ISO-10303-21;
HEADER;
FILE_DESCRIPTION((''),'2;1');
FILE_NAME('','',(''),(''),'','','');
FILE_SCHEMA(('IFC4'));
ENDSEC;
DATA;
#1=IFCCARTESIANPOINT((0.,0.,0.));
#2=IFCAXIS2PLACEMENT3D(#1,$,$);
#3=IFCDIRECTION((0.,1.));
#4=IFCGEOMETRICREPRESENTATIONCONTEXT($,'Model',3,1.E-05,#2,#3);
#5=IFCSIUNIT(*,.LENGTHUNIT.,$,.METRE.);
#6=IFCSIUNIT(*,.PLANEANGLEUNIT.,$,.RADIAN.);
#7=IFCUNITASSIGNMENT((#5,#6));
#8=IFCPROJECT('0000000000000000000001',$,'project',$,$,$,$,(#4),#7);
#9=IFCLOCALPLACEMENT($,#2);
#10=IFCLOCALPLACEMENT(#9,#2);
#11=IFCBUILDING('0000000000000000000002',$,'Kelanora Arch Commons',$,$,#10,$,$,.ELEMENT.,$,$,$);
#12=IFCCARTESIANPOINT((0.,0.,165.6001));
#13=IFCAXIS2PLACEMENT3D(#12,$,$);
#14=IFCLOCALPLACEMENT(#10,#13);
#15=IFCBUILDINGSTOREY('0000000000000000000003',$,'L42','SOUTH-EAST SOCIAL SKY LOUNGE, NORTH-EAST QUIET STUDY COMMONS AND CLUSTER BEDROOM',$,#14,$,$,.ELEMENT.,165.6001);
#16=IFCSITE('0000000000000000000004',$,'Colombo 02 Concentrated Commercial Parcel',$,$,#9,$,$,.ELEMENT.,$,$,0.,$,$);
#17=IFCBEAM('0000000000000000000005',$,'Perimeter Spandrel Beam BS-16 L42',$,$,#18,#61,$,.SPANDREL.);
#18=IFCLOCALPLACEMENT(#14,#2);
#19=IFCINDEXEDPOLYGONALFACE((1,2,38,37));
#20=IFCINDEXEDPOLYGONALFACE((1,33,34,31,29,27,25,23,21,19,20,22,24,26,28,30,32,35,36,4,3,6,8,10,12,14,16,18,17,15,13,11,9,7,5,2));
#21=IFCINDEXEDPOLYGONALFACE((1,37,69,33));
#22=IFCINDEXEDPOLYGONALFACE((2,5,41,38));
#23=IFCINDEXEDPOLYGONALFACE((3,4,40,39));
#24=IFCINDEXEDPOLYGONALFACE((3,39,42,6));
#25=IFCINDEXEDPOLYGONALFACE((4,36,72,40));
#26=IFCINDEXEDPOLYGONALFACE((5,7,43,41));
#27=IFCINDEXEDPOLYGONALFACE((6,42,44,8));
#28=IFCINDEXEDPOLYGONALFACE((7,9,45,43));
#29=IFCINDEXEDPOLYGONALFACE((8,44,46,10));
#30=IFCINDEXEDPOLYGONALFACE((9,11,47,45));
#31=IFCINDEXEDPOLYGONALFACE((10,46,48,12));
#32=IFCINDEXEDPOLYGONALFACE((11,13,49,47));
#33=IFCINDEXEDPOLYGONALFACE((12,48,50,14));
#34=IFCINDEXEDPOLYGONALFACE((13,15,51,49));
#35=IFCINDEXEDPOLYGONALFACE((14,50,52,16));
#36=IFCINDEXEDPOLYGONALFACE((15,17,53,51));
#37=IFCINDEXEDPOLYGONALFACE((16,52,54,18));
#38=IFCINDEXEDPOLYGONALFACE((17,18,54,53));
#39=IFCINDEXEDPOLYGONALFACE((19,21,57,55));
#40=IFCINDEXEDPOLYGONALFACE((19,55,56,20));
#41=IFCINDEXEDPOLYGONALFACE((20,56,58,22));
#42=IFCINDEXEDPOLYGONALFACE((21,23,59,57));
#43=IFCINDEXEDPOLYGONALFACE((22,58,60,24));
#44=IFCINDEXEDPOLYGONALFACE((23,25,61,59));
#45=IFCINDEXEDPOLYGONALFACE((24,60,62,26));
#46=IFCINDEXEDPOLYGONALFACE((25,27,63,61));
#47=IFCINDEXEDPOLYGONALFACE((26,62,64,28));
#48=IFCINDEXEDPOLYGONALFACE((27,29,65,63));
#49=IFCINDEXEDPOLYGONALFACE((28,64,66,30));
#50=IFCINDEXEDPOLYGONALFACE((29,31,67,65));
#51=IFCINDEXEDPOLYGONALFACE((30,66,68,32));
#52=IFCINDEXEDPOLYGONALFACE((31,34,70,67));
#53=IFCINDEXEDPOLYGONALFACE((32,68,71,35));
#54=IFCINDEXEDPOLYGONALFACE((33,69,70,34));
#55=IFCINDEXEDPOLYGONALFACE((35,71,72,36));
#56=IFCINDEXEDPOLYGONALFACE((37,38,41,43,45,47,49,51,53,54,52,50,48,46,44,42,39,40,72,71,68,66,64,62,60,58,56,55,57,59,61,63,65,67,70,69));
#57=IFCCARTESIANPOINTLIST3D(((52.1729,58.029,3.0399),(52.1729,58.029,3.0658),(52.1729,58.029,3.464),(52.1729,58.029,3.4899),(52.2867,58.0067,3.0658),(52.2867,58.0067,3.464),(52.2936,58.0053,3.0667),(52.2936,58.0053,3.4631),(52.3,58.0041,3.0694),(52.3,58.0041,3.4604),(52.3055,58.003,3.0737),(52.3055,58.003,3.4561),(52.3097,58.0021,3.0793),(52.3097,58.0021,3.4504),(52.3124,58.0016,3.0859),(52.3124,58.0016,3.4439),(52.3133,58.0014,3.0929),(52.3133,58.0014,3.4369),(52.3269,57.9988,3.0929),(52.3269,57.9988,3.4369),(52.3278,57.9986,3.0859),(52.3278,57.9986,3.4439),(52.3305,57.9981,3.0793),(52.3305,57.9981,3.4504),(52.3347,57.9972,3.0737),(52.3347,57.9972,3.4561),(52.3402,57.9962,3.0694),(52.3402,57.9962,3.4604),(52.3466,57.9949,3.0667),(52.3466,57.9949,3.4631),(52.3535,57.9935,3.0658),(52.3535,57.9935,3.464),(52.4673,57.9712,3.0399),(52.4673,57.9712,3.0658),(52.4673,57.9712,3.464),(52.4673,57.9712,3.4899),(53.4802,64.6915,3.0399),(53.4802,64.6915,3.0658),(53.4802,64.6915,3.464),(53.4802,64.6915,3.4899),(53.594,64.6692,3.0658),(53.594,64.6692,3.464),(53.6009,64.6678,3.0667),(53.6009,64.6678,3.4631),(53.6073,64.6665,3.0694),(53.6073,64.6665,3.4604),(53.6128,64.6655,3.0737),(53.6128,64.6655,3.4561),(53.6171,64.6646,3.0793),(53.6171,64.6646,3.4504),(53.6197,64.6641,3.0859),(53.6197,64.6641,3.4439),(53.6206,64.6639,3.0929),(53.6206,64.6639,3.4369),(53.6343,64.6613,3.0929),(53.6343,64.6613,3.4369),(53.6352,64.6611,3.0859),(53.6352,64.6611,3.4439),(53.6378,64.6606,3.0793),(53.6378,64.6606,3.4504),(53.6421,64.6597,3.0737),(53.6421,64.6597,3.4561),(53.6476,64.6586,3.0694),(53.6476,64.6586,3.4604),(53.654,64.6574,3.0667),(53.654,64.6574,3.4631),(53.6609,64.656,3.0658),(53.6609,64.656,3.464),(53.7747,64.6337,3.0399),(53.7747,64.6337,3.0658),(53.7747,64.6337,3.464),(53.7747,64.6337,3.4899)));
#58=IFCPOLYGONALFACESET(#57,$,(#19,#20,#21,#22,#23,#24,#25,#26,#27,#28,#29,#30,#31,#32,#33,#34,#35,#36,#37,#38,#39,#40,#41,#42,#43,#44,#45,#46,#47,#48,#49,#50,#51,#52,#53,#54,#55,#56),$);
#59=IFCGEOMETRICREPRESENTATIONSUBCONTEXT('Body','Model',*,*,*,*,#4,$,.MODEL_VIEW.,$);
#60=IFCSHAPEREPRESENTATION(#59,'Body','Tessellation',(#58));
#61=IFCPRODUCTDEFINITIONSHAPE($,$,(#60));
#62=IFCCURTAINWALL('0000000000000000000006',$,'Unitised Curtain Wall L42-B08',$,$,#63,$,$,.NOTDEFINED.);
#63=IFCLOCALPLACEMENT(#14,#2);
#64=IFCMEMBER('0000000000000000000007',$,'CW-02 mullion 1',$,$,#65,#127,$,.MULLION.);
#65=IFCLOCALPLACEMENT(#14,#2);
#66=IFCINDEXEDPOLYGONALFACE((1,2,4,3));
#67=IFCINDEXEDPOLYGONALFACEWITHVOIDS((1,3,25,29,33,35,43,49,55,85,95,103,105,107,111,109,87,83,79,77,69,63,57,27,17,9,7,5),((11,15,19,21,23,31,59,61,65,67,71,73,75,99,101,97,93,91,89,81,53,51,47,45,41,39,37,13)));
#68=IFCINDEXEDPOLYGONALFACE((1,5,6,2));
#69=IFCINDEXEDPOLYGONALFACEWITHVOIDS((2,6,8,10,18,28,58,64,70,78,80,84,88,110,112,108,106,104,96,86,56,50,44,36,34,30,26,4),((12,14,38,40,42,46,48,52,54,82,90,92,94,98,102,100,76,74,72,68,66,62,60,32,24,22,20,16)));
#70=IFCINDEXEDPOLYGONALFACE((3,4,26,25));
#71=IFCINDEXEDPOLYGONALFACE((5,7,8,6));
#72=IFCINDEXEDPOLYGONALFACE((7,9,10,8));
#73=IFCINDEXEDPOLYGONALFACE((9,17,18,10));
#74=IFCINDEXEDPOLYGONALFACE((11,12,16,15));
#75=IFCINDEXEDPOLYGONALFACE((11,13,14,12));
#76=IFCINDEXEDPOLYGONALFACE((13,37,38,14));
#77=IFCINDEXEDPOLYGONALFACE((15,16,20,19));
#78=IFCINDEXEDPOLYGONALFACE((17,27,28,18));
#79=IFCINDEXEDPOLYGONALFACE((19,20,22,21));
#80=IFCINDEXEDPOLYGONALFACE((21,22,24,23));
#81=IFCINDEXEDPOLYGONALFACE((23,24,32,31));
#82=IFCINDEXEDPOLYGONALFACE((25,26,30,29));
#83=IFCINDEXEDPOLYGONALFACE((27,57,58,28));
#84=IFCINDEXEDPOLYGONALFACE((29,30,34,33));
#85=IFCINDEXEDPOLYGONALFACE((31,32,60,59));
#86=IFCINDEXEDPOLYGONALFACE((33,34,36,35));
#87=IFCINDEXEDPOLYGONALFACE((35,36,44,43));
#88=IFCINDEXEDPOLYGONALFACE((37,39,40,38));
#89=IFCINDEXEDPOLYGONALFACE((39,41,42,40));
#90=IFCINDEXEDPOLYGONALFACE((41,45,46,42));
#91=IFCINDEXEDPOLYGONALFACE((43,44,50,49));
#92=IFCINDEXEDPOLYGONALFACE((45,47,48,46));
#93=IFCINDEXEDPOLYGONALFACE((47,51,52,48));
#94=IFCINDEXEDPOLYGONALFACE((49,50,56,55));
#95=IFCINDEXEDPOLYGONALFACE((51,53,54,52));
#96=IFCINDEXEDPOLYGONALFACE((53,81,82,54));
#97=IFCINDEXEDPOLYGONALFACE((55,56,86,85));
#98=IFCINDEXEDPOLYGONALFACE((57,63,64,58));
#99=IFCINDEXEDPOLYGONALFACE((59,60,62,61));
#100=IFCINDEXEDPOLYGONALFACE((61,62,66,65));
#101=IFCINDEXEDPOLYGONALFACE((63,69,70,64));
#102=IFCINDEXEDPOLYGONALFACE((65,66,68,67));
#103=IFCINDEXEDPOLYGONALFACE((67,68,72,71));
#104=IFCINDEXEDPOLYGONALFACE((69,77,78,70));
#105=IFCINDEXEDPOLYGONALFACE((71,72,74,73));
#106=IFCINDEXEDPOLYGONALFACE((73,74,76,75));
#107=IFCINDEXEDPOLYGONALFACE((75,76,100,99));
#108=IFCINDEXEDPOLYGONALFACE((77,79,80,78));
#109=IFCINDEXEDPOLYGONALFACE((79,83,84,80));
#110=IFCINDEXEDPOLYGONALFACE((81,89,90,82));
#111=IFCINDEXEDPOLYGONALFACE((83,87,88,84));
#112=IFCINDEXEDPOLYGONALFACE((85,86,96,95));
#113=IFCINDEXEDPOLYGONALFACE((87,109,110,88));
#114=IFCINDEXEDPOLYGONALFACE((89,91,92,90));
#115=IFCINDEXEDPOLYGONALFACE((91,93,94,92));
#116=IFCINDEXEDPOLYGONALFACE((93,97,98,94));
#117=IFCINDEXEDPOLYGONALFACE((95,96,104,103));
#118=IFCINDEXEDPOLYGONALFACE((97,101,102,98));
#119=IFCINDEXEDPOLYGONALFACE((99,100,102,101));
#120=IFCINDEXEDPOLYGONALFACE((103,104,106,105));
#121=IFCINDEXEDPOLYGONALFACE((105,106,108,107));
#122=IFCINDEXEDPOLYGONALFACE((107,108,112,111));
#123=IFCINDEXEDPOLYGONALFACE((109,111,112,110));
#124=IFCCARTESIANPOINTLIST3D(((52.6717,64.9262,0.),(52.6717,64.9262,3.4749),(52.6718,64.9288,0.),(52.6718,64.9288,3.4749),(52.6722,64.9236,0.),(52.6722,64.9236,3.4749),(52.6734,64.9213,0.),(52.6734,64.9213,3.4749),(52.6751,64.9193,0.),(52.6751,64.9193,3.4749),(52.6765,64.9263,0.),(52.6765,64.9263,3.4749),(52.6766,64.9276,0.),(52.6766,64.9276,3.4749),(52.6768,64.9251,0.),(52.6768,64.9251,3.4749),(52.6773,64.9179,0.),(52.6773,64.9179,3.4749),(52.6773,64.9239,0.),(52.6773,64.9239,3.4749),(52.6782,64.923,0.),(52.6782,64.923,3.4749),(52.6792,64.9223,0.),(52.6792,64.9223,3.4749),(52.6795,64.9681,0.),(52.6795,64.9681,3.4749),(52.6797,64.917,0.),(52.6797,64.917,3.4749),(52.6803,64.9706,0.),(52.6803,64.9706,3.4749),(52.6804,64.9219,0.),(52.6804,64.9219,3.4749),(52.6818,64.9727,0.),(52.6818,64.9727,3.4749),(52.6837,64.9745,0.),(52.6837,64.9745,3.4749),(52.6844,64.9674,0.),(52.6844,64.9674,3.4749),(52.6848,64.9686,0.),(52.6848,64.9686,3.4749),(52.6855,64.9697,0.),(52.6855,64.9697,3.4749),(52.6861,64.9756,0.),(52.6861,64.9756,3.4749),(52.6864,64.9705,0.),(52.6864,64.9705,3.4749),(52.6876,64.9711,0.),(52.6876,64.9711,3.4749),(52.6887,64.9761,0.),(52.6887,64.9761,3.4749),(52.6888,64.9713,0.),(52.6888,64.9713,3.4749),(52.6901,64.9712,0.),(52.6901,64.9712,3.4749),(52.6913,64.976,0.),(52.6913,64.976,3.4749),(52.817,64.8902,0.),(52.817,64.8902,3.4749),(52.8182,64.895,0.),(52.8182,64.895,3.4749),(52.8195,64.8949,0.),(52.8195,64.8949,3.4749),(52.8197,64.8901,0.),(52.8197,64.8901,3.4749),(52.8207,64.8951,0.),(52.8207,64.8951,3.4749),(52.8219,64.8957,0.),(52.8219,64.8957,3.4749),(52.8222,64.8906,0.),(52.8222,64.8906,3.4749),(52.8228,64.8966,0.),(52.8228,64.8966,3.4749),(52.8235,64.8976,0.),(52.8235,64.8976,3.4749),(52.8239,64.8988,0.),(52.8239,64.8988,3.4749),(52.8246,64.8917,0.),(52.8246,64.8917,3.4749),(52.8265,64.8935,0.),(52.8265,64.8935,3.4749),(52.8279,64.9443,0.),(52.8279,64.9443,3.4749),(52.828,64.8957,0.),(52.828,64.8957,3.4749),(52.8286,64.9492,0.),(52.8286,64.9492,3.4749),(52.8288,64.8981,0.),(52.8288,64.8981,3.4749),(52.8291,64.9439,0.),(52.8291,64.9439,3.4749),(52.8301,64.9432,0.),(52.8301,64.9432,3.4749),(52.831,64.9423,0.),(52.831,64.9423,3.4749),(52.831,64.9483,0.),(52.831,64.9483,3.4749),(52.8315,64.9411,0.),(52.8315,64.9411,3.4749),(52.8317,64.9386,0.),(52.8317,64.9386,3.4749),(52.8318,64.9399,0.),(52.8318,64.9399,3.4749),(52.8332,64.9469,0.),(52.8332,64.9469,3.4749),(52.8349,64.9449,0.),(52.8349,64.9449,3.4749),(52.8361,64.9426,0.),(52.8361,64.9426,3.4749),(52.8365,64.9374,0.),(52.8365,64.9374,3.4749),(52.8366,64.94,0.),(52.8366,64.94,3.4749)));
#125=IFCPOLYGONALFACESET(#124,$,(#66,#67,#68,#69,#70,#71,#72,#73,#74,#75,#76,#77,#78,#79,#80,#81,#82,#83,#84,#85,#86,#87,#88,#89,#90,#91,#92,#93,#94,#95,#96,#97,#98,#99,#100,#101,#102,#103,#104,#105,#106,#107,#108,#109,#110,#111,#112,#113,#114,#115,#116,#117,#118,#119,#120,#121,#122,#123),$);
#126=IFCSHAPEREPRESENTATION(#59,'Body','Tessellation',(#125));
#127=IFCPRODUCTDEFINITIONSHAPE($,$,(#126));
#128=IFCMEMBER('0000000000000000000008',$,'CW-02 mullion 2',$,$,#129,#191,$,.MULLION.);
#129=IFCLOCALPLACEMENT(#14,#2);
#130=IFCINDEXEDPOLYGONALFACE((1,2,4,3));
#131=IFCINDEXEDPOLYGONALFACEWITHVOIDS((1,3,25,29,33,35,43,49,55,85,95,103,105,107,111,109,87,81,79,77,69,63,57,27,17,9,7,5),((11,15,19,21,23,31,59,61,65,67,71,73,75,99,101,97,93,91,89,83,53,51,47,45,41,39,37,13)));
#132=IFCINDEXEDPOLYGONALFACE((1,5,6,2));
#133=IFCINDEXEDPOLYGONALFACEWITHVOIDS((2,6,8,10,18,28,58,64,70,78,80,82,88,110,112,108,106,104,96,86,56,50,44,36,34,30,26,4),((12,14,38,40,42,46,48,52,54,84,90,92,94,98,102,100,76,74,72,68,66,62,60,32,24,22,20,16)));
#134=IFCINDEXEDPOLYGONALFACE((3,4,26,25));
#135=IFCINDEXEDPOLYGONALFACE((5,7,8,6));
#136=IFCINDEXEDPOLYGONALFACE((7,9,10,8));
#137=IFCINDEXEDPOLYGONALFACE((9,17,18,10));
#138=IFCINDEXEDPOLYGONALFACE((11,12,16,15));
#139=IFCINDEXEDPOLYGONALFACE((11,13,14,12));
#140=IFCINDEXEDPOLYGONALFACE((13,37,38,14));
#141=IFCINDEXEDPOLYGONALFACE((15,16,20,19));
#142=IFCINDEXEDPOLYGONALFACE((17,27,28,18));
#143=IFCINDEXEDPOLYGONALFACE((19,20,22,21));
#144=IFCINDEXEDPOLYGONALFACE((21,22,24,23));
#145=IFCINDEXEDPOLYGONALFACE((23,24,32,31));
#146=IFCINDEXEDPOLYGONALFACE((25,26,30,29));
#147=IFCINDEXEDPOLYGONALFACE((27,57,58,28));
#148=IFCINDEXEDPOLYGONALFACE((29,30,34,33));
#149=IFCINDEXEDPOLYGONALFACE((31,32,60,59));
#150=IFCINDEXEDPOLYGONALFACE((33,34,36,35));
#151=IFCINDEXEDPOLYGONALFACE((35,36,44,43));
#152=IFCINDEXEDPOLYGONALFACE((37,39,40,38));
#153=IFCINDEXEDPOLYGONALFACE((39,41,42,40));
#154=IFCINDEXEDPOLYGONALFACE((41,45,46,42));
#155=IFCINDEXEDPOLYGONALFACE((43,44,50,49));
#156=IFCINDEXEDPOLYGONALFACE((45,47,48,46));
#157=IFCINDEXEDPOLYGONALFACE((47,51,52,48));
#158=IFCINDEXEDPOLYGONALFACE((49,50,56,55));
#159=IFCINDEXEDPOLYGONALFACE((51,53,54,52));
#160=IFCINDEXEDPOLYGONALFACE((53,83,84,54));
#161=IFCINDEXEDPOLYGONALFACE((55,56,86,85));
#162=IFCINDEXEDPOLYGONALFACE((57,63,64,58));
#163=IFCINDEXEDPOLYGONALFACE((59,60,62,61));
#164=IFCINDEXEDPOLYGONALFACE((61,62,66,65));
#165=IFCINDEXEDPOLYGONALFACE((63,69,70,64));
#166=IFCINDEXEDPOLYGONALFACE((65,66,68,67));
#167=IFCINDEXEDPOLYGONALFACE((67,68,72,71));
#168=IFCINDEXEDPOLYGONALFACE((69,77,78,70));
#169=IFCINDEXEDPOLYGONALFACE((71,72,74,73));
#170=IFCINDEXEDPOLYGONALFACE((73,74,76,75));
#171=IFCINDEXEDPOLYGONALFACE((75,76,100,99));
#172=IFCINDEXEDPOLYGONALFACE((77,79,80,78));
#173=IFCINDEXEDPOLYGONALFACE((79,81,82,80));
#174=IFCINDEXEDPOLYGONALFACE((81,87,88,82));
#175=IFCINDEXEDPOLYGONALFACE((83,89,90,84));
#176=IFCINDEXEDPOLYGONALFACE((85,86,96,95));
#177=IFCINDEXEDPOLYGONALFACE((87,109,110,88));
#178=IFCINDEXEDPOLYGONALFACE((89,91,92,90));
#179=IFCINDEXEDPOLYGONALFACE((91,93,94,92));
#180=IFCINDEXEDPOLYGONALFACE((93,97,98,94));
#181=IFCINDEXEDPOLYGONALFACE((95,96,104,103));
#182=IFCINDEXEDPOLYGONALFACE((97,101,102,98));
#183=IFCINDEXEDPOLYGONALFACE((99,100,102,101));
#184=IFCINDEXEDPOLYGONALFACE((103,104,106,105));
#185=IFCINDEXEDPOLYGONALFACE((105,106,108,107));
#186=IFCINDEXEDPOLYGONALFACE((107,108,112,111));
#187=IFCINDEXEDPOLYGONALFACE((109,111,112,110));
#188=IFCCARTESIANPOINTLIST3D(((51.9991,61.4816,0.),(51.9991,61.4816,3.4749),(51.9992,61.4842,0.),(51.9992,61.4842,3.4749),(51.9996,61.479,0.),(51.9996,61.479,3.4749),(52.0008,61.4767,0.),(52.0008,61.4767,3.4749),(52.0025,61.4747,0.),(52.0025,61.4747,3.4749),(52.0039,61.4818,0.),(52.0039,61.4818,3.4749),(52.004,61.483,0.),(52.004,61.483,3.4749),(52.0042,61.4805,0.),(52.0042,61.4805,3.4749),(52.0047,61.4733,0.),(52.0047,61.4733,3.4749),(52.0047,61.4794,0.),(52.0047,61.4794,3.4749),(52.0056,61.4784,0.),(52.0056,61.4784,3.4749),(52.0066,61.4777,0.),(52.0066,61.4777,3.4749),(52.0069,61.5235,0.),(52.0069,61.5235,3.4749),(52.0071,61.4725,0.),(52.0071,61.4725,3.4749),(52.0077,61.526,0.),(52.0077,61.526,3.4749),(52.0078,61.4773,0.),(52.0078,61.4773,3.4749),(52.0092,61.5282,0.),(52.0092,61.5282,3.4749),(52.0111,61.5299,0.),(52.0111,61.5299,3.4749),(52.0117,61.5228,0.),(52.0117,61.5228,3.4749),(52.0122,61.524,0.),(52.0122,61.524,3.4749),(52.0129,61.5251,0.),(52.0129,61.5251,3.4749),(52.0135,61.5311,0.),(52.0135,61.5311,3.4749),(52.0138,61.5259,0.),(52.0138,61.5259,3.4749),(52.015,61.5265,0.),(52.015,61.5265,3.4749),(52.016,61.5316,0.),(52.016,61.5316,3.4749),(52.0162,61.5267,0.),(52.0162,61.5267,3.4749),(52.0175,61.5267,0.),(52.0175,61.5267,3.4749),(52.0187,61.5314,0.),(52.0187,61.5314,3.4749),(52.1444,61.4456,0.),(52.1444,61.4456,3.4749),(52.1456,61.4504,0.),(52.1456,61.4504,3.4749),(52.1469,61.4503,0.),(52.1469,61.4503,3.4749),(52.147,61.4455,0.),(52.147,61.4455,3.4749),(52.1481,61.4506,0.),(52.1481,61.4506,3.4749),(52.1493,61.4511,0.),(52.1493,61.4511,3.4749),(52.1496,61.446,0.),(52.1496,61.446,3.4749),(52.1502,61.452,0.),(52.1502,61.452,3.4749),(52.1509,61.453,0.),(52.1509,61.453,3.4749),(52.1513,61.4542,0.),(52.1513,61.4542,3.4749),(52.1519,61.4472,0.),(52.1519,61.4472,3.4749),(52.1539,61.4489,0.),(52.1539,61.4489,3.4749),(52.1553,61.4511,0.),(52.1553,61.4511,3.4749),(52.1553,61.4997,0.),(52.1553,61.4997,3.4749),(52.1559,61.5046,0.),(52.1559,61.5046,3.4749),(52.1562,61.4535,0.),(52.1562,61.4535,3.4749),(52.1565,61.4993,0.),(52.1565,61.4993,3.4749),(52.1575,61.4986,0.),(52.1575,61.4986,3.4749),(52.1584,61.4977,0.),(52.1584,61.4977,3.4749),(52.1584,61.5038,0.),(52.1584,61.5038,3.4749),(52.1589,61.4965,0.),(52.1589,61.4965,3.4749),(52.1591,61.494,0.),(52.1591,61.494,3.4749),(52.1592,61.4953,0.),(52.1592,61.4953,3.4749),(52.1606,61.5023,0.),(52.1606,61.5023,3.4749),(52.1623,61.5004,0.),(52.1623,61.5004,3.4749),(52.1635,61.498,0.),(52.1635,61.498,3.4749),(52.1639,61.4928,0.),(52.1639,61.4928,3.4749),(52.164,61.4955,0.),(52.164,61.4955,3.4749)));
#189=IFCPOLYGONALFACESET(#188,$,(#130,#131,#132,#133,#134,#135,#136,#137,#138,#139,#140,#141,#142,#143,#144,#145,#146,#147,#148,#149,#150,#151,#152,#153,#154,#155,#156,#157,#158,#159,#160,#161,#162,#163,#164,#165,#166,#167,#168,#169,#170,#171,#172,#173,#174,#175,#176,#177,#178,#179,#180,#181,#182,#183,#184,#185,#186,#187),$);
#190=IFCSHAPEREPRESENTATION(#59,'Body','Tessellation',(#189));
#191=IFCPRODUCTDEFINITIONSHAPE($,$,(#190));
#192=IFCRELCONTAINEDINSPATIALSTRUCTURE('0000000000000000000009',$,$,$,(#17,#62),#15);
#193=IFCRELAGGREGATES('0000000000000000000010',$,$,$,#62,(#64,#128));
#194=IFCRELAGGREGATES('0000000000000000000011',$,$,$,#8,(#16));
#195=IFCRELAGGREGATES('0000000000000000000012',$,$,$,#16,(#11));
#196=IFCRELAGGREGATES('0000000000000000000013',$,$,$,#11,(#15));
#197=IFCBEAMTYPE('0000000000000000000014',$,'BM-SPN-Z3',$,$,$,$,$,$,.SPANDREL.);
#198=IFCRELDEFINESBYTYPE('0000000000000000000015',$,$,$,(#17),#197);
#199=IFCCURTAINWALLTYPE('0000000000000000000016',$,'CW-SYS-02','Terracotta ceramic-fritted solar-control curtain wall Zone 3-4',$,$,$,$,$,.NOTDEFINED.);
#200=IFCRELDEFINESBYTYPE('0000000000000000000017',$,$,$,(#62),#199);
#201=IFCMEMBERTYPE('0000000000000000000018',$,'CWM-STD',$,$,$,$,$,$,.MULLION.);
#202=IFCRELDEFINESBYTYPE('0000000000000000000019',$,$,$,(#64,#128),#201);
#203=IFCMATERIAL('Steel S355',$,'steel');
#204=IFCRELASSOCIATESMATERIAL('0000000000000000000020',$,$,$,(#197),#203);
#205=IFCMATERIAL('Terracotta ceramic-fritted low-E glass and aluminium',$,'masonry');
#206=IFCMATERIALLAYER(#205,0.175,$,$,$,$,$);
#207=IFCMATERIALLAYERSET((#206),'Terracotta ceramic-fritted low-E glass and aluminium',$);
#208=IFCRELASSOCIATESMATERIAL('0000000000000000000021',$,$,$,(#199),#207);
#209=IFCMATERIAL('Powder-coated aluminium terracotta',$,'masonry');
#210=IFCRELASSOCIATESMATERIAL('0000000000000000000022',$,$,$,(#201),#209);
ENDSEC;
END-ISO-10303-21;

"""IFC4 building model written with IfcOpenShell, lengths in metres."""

from ifc_helpers import new_model, si_unit, direction, frame, origin, origin_2d, place, context, subcontext, project, spatial, hollow_rectangle, i_section, extrude, material, layer, layer_set, material_profile, profile_set, type_object, element, aggregate, save


model = new_model("IFC4")

# Units and contexts
model_context = context("Model", 3, precision=1e-05, world=origin(), true_north=direction((0.0, 1.0)))
body_context = subcontext(model_context, "Body", "Model", "MODEL_VIEW")
ifc_project = project(units=[si_unit("LENGTHUNIT", "METRE"), si_unit("PLANEANGLEUNIT", "RADIAN")], contexts=[model_context])

# Site, building, storey
site_placement = place(None, origin())
site = spatial("IfcSite", under=ifc_project, at=site_placement, Name="Colombo 02 Concentrated Commercial Parcel", CompositionType="ELEMENT", RefElevation=0.0)
building_placement = place(site_placement, origin())
building = spatial("IfcBuilding", under=site, at=building_placement, Name="Kelanora Arch Commons", CompositionType="ELEMENT")
storey_placement = place(building_placement, frame((0.0, 0.0, 165.6001)))
storey = spatial("IfcBuildingStorey", under=building, at=storey_placement, Name="L42", Description="SOUTH-EAST SOCIAL SKY LOUNGE, NORTH-EAST QUIET STUDY COMMONS AND CLUSTER BEDROOM", CompositionType="ELEMENT", Elevation=165.6001)

# Beam
ifc_material_1 = material(Name="Steel S355", Category="steel")
ifc_material_profile_1 = material_profile(ifc_material_1, i_section(OverallWidth=0.3, OverallDepth=0.45, WebThickness=0.0139, FlangeThickness=0.0259, FilletRadius=0.0271, at=origin_2d()), Name="HEB450")
ifc_profile_set_1 = profile_set([ifc_material_profile_1], Name="Steel S355")
beam_type_1 = type_object("IfcBeamType", Name="BM-SPN-Z3", PredefinedType="SPANDREL", material=ifc_profile_set_1)
beam_1_placement = place(storey_placement, frame((53.6274, 64.6626, 3.2649), z_axis=(-0.192554, -0.981286, 0.0), x_axis=(0.981286, -0.192554, 0.0)))
element("IfcBeam", 1, at=beam_1_placement, inside=storey, type_object=beam_type_1, Name="Perimeter Spandrel Beam BS-16 L42", PredefinedType="SPANDREL", context=body_context, shape_type="SweptSolid", body=[
    extrude(i_section(OverallWidth=0.3, OverallDepth=0.45, WebThickness=0.0139, FlangeThickness=0.0259, FilletRadius=0.0271, at=origin_2d()), origin(), (0.0, 0.0, 1.0), 6.7896),
])

# Curtain wall, members
ifc_material_2 = material(Name="Terracotta ceramic-fritted low-E glass and aluminium", Category="masonry")
ifc_layer_1 = layer(ifc_material_2, 0.175)
ifc_layer_set_1 = layer_set([ifc_layer_1], Name="Terracotta ceramic-fritted low-E glass and aluminium")
curtain_wall_type = type_object("IfcCurtainWallType", Name="CW-SYS-02", Description="Terracotta ceramic-fritted solar-control curtain wall Zone 3-4", PredefinedType="NOTDEFINED", material=ifc_layer_set_1)
curtain_wall_placement = place(storey_placement, origin())
curtain_wall = element("IfcCurtainWall", 2, at=curtain_wall_placement, inside=storey, type_object=curtain_wall_type, Name="Unitised Curtain Wall L42-B08", PredefinedType="NOTDEFINED")
ifc_material_3 = material(Name="Powder-coated aluminium terracotta", Category="masonry")
ifc_material_profile_2 = material_profile(ifc_material_3, hollow_rectangle(XDim=0.1599, YDim=0.0601, WallThickness=0.0049, InnerFilletRadius=0.0049, OuterFilletRadius=0.01, at=origin_2d()), Name="CWM160x60")
ifc_profile_set_2 = profile_set([ifc_material_profile_2], Name="Powder-coated aluminium terracotta")
member_type_1 = type_object("IfcMemberType", Name="CWM-STD", PredefinedType="MULLION", material=ifc_profile_set_2)
member_1_placement = place(storey_placement, frame((52.7542, 64.9331, 0.0), z_axis=(0.0, 0.0, 1.0), x_axis=(0.981453, -0.191705, 0.0)))
member_1 = element("IfcMember", 3, at=member_1_placement, type_object=member_type_1, Name="CW-02 mullion 1", PredefinedType="MULLION", context=body_context, shape_type="SweptSolid", body=[
    extrude(hollow_rectangle(XDim=0.1599, YDim=0.0601, WallThickness=0.0049, InnerFilletRadius=0.0049, OuterFilletRadius=0.01, at=origin_2d()), origin(), (0.0, 0.0, 1.0), 3.4749),
])
member_2_placement = place(storey_placement, frame((52.0815, 61.4885, 0.0), z_axis=(0.0, 0.0, 1.0), x_axis=(0.981453, -0.191705, 0.0)))
member_2 = element("IfcMember", 4, at=member_2_placement, type_object=member_type_1, Name="CW-02 mullion 2", PredefinedType="MULLION", context=body_context, shape_type="SweptSolid", body=[
    extrude(hollow_rectangle(XDim=0.1599, YDim=0.0601, WallThickness=0.0049, InnerFilletRadius=0.0049, OuterFilletRadius=0.01, at=origin_2d()), origin(), (0.0, 0.0, 1.0), 3.4749),
])
aggregate(curtain_wall, [member_1, member_2])

save(model, "model.ifc")
